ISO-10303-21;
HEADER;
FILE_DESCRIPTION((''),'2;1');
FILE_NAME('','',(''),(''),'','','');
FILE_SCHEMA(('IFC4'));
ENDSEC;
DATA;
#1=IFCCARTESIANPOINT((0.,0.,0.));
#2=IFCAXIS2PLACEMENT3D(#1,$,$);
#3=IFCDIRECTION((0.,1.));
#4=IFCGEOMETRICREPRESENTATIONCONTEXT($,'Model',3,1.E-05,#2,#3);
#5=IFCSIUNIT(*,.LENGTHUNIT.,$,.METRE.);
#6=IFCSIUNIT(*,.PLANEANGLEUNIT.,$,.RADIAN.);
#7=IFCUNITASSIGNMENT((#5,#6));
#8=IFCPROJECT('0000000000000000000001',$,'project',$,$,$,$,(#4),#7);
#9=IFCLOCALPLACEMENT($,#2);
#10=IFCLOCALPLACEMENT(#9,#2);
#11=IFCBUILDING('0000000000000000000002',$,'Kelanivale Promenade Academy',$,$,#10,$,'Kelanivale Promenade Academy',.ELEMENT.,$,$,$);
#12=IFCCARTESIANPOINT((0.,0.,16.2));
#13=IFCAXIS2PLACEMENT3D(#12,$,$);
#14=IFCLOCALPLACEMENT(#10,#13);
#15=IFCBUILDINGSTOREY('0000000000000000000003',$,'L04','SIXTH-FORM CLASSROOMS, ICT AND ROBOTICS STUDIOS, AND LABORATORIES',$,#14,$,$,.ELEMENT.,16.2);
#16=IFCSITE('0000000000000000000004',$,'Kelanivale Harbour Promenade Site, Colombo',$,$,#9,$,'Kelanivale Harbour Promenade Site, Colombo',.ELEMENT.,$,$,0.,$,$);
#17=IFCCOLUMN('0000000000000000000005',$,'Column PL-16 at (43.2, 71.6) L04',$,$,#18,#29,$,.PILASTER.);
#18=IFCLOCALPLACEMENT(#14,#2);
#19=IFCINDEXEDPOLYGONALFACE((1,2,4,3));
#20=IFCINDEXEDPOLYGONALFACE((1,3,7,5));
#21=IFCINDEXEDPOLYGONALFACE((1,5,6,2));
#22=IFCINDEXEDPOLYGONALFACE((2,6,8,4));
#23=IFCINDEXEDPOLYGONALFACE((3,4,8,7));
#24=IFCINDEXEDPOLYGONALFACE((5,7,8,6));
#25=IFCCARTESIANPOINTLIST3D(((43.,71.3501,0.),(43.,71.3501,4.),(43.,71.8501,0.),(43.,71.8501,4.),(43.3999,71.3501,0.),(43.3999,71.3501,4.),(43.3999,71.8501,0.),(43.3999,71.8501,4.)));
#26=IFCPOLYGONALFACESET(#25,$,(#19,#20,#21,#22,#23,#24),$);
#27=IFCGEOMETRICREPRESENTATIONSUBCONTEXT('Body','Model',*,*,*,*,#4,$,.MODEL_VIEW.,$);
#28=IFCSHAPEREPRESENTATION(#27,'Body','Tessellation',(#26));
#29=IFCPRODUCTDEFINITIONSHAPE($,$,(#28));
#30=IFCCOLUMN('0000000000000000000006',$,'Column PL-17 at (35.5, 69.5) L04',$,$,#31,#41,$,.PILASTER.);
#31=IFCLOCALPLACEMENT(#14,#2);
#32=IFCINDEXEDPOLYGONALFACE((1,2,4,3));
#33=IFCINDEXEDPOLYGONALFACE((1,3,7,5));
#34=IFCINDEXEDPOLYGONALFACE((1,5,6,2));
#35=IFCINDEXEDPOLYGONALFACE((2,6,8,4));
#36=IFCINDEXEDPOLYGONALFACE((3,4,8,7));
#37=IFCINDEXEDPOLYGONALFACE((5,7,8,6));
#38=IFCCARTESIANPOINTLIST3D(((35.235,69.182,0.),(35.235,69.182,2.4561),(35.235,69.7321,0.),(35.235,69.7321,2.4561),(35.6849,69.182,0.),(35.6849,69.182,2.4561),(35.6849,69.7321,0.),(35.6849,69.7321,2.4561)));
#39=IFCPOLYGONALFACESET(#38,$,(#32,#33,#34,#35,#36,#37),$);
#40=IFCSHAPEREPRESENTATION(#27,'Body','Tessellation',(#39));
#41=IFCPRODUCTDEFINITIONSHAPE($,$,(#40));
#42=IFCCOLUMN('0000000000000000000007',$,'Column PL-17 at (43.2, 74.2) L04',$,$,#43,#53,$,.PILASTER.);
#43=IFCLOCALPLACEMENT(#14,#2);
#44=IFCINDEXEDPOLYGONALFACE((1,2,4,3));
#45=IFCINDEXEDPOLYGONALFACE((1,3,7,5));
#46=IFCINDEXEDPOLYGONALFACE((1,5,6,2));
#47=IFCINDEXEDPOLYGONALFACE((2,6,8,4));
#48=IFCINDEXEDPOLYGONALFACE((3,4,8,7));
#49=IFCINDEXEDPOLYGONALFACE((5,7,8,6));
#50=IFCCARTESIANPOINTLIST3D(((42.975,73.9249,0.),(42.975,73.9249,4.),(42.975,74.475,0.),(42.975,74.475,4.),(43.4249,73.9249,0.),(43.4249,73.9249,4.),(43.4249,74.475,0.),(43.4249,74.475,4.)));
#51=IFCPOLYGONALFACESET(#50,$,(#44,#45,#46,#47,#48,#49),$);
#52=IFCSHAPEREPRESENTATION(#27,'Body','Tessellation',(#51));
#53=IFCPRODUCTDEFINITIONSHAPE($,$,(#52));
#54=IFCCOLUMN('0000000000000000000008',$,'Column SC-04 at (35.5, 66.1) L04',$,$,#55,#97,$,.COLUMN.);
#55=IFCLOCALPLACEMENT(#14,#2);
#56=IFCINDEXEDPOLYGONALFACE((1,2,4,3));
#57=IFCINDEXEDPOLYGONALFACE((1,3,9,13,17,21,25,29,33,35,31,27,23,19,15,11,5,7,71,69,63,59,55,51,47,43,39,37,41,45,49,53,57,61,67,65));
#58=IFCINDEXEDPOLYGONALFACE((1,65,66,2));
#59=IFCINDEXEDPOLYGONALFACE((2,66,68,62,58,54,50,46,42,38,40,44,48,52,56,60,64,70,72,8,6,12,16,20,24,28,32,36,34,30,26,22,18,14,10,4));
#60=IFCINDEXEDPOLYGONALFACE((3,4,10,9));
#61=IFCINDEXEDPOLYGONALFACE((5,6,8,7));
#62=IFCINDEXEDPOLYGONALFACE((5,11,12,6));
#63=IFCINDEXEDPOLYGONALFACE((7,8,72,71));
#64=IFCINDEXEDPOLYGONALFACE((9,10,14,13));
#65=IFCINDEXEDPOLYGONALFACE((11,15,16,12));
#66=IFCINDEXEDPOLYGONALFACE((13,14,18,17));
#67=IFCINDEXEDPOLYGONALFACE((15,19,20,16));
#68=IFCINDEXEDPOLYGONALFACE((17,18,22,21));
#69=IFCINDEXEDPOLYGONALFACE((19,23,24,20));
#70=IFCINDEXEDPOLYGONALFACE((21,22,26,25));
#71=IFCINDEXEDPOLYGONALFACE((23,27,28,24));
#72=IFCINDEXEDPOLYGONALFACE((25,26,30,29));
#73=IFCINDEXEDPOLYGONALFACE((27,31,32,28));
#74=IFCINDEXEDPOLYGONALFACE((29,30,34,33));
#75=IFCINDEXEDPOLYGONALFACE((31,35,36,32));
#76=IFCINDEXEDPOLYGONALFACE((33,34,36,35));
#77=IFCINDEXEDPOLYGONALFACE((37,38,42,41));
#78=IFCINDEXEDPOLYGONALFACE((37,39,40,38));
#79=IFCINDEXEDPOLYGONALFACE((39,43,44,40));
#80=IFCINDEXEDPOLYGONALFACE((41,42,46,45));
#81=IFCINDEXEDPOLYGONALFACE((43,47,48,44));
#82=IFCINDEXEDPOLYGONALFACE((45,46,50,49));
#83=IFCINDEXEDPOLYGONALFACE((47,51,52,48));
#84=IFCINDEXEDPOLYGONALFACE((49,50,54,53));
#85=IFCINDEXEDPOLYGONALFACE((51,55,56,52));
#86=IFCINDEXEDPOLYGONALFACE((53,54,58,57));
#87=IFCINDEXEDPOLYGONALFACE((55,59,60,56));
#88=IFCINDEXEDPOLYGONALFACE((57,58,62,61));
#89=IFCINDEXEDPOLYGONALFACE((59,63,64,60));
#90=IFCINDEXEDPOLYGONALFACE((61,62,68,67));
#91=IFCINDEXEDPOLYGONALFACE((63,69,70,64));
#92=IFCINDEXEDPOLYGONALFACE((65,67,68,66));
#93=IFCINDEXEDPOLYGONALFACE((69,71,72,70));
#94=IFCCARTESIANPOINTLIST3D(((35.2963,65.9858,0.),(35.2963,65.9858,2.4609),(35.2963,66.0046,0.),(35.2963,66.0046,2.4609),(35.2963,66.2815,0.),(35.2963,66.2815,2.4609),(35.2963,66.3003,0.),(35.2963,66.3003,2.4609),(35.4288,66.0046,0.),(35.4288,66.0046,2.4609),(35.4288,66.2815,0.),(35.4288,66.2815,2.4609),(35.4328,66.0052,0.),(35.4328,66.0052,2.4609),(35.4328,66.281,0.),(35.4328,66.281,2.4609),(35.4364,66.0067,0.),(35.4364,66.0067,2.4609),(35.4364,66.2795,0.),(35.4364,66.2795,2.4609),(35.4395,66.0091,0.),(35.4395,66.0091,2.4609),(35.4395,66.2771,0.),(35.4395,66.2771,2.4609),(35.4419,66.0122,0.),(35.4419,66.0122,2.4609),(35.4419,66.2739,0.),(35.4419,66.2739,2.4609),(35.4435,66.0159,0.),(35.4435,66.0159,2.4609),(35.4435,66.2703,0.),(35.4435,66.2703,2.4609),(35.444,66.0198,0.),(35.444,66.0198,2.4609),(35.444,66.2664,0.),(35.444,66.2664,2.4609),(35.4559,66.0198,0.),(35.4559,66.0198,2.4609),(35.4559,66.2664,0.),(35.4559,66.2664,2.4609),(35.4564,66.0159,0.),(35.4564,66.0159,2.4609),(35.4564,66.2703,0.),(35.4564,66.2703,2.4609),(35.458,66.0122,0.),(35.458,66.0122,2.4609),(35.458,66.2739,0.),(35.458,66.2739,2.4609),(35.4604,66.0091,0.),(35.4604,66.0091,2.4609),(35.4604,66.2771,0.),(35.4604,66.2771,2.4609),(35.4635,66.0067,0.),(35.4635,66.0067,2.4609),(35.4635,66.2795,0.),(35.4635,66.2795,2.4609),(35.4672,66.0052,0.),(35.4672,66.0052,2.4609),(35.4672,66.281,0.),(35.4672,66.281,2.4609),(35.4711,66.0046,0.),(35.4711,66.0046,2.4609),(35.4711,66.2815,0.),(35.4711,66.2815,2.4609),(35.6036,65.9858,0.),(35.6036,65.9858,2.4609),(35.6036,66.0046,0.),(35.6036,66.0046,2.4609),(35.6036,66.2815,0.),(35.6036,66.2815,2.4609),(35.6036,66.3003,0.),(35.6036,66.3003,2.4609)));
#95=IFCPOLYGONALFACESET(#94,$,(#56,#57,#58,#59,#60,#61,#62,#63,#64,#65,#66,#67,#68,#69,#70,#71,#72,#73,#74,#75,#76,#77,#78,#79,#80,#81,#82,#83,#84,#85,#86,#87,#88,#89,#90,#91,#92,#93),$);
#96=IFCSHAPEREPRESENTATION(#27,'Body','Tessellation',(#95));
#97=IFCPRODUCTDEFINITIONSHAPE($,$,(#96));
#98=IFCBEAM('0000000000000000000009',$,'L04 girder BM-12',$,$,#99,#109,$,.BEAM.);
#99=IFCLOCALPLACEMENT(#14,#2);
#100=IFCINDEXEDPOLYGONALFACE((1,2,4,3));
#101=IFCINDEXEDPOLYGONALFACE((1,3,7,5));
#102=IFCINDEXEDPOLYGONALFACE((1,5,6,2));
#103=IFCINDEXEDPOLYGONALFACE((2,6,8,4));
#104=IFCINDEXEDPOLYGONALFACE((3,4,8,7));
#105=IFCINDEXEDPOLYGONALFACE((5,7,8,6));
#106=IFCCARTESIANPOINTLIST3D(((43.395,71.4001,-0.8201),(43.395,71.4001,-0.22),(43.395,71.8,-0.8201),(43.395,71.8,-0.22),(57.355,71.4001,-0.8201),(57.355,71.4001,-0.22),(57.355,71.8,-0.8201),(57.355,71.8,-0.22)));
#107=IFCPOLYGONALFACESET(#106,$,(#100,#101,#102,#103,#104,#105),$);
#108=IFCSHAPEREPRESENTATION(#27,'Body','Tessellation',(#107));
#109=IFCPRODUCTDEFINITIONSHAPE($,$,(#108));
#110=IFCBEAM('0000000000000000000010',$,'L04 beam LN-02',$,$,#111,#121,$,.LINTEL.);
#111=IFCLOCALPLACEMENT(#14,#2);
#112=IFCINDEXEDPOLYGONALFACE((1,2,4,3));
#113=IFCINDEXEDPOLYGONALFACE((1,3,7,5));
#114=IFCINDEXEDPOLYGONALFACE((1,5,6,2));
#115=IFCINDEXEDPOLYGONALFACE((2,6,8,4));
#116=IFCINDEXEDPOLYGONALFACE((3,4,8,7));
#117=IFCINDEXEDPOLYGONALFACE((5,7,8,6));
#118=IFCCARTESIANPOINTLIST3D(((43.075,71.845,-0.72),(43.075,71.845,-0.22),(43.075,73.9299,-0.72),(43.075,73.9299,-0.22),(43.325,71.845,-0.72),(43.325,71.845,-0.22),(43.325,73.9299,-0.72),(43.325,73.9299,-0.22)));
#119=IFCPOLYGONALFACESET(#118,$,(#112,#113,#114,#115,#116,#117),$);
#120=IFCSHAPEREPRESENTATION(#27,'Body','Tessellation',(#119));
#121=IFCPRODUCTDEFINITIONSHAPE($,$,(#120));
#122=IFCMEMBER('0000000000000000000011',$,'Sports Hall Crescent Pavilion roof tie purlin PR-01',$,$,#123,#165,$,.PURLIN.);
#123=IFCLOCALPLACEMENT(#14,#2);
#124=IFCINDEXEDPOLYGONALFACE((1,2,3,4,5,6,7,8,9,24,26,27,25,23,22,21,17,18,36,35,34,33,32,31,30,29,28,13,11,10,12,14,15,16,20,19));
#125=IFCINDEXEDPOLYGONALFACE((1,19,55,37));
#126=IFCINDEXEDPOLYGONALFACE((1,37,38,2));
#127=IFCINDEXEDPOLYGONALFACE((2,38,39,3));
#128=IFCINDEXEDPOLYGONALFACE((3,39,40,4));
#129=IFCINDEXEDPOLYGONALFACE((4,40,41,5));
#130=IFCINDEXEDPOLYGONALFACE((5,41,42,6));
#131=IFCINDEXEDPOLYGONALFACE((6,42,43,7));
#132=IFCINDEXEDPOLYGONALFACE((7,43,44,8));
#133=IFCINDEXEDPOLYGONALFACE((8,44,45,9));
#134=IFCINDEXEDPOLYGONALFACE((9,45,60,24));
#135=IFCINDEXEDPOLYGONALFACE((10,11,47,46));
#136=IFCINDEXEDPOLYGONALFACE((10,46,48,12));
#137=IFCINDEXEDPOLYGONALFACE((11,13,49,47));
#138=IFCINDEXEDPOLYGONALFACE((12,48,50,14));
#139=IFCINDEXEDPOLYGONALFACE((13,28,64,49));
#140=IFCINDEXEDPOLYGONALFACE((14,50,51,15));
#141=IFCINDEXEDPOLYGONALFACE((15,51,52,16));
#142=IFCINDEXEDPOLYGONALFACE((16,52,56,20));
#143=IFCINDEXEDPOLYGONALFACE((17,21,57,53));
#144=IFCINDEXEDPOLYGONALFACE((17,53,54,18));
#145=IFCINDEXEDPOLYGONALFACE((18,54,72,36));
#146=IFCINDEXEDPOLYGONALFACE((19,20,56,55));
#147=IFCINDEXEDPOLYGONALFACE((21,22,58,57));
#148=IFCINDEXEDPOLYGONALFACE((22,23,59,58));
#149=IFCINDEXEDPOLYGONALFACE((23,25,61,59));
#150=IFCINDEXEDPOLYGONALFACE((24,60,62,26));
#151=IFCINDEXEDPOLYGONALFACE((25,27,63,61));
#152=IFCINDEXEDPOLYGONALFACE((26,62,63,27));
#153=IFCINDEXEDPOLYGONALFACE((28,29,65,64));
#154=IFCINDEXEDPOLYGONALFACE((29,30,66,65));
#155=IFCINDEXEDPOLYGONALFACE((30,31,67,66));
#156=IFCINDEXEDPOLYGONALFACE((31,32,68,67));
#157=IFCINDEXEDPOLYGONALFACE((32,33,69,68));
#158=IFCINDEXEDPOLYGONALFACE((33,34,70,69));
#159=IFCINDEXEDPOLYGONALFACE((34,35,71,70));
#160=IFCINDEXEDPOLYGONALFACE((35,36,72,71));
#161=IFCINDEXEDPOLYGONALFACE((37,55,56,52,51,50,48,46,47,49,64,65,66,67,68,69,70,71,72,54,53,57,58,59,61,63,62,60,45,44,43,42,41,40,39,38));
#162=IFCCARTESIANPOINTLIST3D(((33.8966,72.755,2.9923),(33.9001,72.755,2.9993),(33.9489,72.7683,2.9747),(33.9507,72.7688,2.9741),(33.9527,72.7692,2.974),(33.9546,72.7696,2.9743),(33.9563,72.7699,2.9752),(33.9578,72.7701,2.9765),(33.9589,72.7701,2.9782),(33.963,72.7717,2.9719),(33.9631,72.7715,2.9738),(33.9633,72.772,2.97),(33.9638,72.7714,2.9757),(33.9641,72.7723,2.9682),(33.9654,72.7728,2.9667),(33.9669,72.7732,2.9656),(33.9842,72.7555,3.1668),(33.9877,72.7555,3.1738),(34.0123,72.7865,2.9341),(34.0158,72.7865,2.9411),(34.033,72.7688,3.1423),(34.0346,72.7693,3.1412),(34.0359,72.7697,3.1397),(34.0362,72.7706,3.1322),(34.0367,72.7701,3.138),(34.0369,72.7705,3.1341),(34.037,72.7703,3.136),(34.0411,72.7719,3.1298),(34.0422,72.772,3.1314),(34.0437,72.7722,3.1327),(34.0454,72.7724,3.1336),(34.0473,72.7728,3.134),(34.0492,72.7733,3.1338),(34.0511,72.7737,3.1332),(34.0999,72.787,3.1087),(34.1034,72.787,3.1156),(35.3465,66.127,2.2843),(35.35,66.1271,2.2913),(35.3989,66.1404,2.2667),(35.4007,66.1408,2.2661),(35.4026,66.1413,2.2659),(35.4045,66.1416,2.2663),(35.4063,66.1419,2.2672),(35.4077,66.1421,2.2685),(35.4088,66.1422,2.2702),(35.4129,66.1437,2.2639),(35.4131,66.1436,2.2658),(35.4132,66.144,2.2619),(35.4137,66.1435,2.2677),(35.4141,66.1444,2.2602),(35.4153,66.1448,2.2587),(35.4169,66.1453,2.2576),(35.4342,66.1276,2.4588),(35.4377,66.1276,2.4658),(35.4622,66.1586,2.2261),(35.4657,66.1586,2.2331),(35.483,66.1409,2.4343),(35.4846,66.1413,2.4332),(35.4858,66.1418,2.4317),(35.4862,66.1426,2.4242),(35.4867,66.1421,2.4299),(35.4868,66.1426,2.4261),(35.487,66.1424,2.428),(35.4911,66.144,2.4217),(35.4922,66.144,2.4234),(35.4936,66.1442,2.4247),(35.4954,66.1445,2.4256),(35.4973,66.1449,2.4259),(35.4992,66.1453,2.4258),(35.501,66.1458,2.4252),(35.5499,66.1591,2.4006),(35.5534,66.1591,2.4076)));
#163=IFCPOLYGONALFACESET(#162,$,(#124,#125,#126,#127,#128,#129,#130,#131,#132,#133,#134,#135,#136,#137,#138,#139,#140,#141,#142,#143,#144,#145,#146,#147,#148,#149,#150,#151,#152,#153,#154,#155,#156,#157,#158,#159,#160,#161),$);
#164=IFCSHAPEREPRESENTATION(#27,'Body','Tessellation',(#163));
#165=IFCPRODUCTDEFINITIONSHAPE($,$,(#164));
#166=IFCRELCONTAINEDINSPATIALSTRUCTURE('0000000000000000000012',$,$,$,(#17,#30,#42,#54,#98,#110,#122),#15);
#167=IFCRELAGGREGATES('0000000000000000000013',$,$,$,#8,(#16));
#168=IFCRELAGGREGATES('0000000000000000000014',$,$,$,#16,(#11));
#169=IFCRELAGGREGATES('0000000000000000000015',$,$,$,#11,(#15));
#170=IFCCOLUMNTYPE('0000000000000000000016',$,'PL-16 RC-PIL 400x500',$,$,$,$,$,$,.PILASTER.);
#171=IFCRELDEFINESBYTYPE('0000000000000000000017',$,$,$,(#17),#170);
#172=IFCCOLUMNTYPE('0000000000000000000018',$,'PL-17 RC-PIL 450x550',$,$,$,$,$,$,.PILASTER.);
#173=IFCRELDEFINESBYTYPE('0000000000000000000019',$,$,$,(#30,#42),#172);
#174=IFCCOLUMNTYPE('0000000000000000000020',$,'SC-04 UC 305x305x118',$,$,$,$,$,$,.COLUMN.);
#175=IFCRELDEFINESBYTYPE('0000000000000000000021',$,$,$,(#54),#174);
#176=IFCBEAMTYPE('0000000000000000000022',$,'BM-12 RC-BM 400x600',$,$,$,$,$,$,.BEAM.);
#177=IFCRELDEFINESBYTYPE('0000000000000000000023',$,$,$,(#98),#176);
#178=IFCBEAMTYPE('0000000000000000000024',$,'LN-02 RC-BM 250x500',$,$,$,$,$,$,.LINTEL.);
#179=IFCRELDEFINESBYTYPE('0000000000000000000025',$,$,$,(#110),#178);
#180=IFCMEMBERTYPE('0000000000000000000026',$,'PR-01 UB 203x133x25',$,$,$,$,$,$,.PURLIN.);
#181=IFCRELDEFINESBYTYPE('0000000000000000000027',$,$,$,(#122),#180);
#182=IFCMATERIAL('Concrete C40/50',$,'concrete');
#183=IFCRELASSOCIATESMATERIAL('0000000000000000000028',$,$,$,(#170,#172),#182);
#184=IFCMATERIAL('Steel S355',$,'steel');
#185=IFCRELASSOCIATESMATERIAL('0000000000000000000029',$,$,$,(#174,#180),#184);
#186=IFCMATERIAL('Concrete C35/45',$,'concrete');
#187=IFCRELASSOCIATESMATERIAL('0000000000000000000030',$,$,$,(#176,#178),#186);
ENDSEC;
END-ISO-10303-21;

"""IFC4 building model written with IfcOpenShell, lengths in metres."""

from ifc_helpers import new_model, si_unit, direction, frame, origin, origin_2d, place, context, subcontext, project, spatial, rectangle, i_section, extrude, material, material_profile, profile_set, type_object, element, save


model = new_model("IFC4")

# Units and contexts
model_context = context("Model", 3, precision=1e-05, world=origin(), true_north=direction((0.0, 1.0)))
body_context = subcontext(model_context, "Body", "Model", "MODEL_VIEW")
ifc_project = project(units=[si_unit("LENGTHUNIT", "METRE"), si_unit("PLANEANGLEUNIT", "RADIAN")], contexts=[model_context])

# Site, building, storey
site_placement = place(None, origin())
site = spatial("IfcSite", under=ifc_project, at=site_placement, Name="Kelanivale Harbour Promenade Site, Colombo", LongName="Kelanivale Harbour Promenade Site, Colombo", CompositionType="ELEMENT", RefElevation=0.0)
building_placement = place(site_placement, origin())
building = spatial("IfcBuilding", under=site, at=building_placement, Name="Kelanivale Promenade Academy", LongName="Kelanivale Promenade Academy", CompositionType="ELEMENT")
storey_placement = place(building_placement, frame((0.0, 0.0, 16.2)))
storey = spatial("IfcBuildingStorey", under=building, at=storey_placement, Name="L04", Description="SIXTH-FORM CLASSROOMS, ICT AND ROBOTICS STUDIOS, AND LABORATORIES", CompositionType="ELEMENT", Elevation=16.2)

# Columns
ifc_material_1 = material(Name="Concrete C40/50", Category="concrete")
ifc_material_profile_1 = material_profile(ifc_material_1, rectangle(XDim=0.3999, YDim=0.5, at=origin_2d()), Name="RC-PIL 400x500")
ifc_profile_set_1 = profile_set([ifc_material_profile_1], Name="Concrete C40/50")
column_type_1 = type_object("IfcColumnType", Name="PL-16 RC-PIL 400x500", PredefinedType="PILASTER", material=ifc_profile_set_1)
column_1_placement = place(storey_placement, frame((43.2, 71.6001, 0.0), z_axis=(0.0, 0.0, 1.0), x_axis=(1.0, 0.0, 0.0)))
element("IfcColumn", 1, at=column_1_placement, inside=storey, type_object=column_type_1, Name="Column PL-16 at (43.2, 71.6) L04", PredefinedType="PILASTER", context=body_context, shape_type="SweptSolid", body=[
    extrude(rectangle(XDim=0.3999, YDim=0.5, at=origin_2d()), origin(), (0.0, 0.0, 1.0), 4.0),
])
ifc_material_profile_2 = material_profile(ifc_material_1, rectangle(XDim=0.45, YDim=0.55, at=origin_2d()), Name="RC-PIL 450x550")
ifc_profile_set_2 = profile_set([ifc_material_profile_2], Name="Concrete C40/50")
column_type_2 = type_object("IfcColumnType", Name="PL-17 RC-PIL 450x550", PredefinedType="PILASTER", material=ifc_profile_set_2)
column_2_placement = place(storey_placement, frame((35.46, 69.457, 0.0), z_axis=(0.0, 0.0, 1.0), x_axis=(1.0, 0.0, 0.0)))
element("IfcColumn", 2, at=column_2_placement, inside=storey, type_object=column_type_2, Name="Column PL-17 at (35.5, 69.5) L04", PredefinedType="PILASTER", context=body_context, shape_type="SweptSolid", body=[
    extrude(rectangle(XDim=0.45, YDim=0.55, at=origin_2d()), origin(), (0.0, 0.0, 1.0), 2.4561),
])
column_3_placement = place(storey_placement, frame((43.2, 74.2, 0.0), z_axis=(0.0, 0.0, 1.0), x_axis=(1.0, 0.0, 0.0)))
element("IfcColumn", 3, at=column_3_placement, inside=storey, type_object=column_type_2, Name="Column PL-17 at (43.2, 74.2) L04", PredefinedType="PILASTER", context=body_context, shape_type="SweptSolid", body=[
    extrude(rectangle(XDim=0.45, YDim=0.55, at=origin_2d()), origin(), (0.0, 0.0, 1.0), 4.0),
])
ifc_material_2 = material(Name="Steel S355", Category="steel")
ifc_material_profile_3 = material_profile(ifc_material_2, i_section(OverallWidth=0.3074, OverallDepth=0.3145, WebThickness=0.012, FlangeThickness=0.0188, FilletRadius=0.0151, at=origin_2d()), Name="UC 305x305x118")
ifc_profile_set_3 = profile_set([ifc_material_profile_3], Name="Steel S355")
column_type_3 = type_object("IfcColumnType", Name="SC-04 UC 305x305x118", PredefinedType="COLUMN", material=ifc_profile_set_3)
column_4_placement = place(storey_placement, frame((35.45, 66.1431, 0.0), z_axis=(0.0, 0.0, 1.0), x_axis=(1.0, 0.0, 0.0)))
element("IfcColumn", 4, at=column_4_placement, inside=storey, type_object=column_type_3, Name="Column SC-04 at (35.5, 66.1) L04", PredefinedType="COLUMN", context=body_context, shape_type="SweptSolid", body=[
    extrude(i_section(OverallWidth=0.3074, OverallDepth=0.3145, WebThickness=0.012, FlangeThickness=0.0188, FilletRadius=0.0151, at=origin_2d()), origin(), (0.0, 0.0, 1.0), 2.4609),
])

# Beams
ifc_material_3 = material(Name="Concrete C35/45", Category="concrete")
ifc_material_profile_4 = material_profile(ifc_material_3, rectangle(XDim=0.3999, YDim=0.6001, at=origin_2d()), Name="RC-BM 400x600")
ifc_profile_set_4 = profile_set([ifc_material_profile_4], Name="Concrete C35/45")
beam_type_1 = type_object("IfcBeamType", Name="BM-12 RC-BM 400x600", PredefinedType="BEAM", material=ifc_profile_set_4)
beam_1_placement = place(storey_placement, frame((43.395, 71.6001, -0.52), z_axis=(1.0, 0.0, 0.0), x_axis=(0.0, 1.0, 0.0)))
element("IfcBeam", 5, at=beam_1_placement, inside=storey, type_object=beam_type_1, Name="L04 girder BM-12", PredefinedType="BEAM", context=body_context, shape_type="SweptSolid", body=[
    extrude(rectangle(XDim=0.3999, YDim=0.6001, at=origin_2d()), origin(), (0.0, 0.0, 1.0), 13.96),
])
ifc_material_profile_5 = material_profile(ifc_material_3, rectangle(XDim=0.25, YDim=0.5, at=origin_2d()), Name="RC-BM 250x500")
ifc_profile_set_5 = profile_set([ifc_material_profile_5], Name="Concrete C35/45")
beam_type_2 = type_object("IfcBeamType", Name="LN-02 RC-BM 250x500", PredefinedType="LINTEL", material=ifc_profile_set_5)
beam_2_placement = place(storey_placement, frame((43.2, 71.845, -0.47), z_axis=(0.0, 1.0, 0.0), x_axis=(-1.0, 0.0, 0.0)))
element("IfcBeam", 6, at=beam_2_placement, inside=storey, type_object=beam_type_2, Name="L04 beam LN-02", PredefinedType="LINTEL", context=body_context, shape_type="SweptSolid", body=[
    extrude(rectangle(XDim=0.25, YDim=0.5, at=origin_2d()), origin(), (0.0, 0.0, 1.0), 2.085),
])

# Member
ifc_material_profile_6 = material_profile(ifc_material_2, i_section(OverallWidth=0.1333, OverallDepth=0.2031, WebThickness=0.0056, FlangeThickness=0.0078, FilletRadius=0.0076, at=origin_2d()), Name="UB 203x133x25")
ifc_profile_set_6 = profile_set([ifc_material_profile_6], Name="Steel S355")
member_type_1 = type_object("IfcMemberType", Name="PR-01 UB 203x133x25", PredefinedType="PURLIN", material=ifc_profile_set_6)
member_1_placement = place(storey_placement, frame((35.45, 66.1431, 2.3459), z_axis=(-0.212556, 0.971621, 0.10379), x_axis=(-0.868071, -0.236527, 0.436472)))
element("IfcMember", 7, at=member_1_placement, inside=storey, type_object=member_type_1, Name="Sports Hall Crescent Pavilion roof tie purlin PR-01", PredefinedType="PURLIN", context=body_context, shape_type="SweptSolid", body=[
    extrude(i_section(OverallWidth=0.1333, OverallDepth=0.2031, WebThickness=0.0056, FlangeThickness=0.0078, FilletRadius=0.0076, at=origin_2d()), origin(), (0.0, 0.0, 1.0), 6.8215),
])

save(model, "model.ifc")
